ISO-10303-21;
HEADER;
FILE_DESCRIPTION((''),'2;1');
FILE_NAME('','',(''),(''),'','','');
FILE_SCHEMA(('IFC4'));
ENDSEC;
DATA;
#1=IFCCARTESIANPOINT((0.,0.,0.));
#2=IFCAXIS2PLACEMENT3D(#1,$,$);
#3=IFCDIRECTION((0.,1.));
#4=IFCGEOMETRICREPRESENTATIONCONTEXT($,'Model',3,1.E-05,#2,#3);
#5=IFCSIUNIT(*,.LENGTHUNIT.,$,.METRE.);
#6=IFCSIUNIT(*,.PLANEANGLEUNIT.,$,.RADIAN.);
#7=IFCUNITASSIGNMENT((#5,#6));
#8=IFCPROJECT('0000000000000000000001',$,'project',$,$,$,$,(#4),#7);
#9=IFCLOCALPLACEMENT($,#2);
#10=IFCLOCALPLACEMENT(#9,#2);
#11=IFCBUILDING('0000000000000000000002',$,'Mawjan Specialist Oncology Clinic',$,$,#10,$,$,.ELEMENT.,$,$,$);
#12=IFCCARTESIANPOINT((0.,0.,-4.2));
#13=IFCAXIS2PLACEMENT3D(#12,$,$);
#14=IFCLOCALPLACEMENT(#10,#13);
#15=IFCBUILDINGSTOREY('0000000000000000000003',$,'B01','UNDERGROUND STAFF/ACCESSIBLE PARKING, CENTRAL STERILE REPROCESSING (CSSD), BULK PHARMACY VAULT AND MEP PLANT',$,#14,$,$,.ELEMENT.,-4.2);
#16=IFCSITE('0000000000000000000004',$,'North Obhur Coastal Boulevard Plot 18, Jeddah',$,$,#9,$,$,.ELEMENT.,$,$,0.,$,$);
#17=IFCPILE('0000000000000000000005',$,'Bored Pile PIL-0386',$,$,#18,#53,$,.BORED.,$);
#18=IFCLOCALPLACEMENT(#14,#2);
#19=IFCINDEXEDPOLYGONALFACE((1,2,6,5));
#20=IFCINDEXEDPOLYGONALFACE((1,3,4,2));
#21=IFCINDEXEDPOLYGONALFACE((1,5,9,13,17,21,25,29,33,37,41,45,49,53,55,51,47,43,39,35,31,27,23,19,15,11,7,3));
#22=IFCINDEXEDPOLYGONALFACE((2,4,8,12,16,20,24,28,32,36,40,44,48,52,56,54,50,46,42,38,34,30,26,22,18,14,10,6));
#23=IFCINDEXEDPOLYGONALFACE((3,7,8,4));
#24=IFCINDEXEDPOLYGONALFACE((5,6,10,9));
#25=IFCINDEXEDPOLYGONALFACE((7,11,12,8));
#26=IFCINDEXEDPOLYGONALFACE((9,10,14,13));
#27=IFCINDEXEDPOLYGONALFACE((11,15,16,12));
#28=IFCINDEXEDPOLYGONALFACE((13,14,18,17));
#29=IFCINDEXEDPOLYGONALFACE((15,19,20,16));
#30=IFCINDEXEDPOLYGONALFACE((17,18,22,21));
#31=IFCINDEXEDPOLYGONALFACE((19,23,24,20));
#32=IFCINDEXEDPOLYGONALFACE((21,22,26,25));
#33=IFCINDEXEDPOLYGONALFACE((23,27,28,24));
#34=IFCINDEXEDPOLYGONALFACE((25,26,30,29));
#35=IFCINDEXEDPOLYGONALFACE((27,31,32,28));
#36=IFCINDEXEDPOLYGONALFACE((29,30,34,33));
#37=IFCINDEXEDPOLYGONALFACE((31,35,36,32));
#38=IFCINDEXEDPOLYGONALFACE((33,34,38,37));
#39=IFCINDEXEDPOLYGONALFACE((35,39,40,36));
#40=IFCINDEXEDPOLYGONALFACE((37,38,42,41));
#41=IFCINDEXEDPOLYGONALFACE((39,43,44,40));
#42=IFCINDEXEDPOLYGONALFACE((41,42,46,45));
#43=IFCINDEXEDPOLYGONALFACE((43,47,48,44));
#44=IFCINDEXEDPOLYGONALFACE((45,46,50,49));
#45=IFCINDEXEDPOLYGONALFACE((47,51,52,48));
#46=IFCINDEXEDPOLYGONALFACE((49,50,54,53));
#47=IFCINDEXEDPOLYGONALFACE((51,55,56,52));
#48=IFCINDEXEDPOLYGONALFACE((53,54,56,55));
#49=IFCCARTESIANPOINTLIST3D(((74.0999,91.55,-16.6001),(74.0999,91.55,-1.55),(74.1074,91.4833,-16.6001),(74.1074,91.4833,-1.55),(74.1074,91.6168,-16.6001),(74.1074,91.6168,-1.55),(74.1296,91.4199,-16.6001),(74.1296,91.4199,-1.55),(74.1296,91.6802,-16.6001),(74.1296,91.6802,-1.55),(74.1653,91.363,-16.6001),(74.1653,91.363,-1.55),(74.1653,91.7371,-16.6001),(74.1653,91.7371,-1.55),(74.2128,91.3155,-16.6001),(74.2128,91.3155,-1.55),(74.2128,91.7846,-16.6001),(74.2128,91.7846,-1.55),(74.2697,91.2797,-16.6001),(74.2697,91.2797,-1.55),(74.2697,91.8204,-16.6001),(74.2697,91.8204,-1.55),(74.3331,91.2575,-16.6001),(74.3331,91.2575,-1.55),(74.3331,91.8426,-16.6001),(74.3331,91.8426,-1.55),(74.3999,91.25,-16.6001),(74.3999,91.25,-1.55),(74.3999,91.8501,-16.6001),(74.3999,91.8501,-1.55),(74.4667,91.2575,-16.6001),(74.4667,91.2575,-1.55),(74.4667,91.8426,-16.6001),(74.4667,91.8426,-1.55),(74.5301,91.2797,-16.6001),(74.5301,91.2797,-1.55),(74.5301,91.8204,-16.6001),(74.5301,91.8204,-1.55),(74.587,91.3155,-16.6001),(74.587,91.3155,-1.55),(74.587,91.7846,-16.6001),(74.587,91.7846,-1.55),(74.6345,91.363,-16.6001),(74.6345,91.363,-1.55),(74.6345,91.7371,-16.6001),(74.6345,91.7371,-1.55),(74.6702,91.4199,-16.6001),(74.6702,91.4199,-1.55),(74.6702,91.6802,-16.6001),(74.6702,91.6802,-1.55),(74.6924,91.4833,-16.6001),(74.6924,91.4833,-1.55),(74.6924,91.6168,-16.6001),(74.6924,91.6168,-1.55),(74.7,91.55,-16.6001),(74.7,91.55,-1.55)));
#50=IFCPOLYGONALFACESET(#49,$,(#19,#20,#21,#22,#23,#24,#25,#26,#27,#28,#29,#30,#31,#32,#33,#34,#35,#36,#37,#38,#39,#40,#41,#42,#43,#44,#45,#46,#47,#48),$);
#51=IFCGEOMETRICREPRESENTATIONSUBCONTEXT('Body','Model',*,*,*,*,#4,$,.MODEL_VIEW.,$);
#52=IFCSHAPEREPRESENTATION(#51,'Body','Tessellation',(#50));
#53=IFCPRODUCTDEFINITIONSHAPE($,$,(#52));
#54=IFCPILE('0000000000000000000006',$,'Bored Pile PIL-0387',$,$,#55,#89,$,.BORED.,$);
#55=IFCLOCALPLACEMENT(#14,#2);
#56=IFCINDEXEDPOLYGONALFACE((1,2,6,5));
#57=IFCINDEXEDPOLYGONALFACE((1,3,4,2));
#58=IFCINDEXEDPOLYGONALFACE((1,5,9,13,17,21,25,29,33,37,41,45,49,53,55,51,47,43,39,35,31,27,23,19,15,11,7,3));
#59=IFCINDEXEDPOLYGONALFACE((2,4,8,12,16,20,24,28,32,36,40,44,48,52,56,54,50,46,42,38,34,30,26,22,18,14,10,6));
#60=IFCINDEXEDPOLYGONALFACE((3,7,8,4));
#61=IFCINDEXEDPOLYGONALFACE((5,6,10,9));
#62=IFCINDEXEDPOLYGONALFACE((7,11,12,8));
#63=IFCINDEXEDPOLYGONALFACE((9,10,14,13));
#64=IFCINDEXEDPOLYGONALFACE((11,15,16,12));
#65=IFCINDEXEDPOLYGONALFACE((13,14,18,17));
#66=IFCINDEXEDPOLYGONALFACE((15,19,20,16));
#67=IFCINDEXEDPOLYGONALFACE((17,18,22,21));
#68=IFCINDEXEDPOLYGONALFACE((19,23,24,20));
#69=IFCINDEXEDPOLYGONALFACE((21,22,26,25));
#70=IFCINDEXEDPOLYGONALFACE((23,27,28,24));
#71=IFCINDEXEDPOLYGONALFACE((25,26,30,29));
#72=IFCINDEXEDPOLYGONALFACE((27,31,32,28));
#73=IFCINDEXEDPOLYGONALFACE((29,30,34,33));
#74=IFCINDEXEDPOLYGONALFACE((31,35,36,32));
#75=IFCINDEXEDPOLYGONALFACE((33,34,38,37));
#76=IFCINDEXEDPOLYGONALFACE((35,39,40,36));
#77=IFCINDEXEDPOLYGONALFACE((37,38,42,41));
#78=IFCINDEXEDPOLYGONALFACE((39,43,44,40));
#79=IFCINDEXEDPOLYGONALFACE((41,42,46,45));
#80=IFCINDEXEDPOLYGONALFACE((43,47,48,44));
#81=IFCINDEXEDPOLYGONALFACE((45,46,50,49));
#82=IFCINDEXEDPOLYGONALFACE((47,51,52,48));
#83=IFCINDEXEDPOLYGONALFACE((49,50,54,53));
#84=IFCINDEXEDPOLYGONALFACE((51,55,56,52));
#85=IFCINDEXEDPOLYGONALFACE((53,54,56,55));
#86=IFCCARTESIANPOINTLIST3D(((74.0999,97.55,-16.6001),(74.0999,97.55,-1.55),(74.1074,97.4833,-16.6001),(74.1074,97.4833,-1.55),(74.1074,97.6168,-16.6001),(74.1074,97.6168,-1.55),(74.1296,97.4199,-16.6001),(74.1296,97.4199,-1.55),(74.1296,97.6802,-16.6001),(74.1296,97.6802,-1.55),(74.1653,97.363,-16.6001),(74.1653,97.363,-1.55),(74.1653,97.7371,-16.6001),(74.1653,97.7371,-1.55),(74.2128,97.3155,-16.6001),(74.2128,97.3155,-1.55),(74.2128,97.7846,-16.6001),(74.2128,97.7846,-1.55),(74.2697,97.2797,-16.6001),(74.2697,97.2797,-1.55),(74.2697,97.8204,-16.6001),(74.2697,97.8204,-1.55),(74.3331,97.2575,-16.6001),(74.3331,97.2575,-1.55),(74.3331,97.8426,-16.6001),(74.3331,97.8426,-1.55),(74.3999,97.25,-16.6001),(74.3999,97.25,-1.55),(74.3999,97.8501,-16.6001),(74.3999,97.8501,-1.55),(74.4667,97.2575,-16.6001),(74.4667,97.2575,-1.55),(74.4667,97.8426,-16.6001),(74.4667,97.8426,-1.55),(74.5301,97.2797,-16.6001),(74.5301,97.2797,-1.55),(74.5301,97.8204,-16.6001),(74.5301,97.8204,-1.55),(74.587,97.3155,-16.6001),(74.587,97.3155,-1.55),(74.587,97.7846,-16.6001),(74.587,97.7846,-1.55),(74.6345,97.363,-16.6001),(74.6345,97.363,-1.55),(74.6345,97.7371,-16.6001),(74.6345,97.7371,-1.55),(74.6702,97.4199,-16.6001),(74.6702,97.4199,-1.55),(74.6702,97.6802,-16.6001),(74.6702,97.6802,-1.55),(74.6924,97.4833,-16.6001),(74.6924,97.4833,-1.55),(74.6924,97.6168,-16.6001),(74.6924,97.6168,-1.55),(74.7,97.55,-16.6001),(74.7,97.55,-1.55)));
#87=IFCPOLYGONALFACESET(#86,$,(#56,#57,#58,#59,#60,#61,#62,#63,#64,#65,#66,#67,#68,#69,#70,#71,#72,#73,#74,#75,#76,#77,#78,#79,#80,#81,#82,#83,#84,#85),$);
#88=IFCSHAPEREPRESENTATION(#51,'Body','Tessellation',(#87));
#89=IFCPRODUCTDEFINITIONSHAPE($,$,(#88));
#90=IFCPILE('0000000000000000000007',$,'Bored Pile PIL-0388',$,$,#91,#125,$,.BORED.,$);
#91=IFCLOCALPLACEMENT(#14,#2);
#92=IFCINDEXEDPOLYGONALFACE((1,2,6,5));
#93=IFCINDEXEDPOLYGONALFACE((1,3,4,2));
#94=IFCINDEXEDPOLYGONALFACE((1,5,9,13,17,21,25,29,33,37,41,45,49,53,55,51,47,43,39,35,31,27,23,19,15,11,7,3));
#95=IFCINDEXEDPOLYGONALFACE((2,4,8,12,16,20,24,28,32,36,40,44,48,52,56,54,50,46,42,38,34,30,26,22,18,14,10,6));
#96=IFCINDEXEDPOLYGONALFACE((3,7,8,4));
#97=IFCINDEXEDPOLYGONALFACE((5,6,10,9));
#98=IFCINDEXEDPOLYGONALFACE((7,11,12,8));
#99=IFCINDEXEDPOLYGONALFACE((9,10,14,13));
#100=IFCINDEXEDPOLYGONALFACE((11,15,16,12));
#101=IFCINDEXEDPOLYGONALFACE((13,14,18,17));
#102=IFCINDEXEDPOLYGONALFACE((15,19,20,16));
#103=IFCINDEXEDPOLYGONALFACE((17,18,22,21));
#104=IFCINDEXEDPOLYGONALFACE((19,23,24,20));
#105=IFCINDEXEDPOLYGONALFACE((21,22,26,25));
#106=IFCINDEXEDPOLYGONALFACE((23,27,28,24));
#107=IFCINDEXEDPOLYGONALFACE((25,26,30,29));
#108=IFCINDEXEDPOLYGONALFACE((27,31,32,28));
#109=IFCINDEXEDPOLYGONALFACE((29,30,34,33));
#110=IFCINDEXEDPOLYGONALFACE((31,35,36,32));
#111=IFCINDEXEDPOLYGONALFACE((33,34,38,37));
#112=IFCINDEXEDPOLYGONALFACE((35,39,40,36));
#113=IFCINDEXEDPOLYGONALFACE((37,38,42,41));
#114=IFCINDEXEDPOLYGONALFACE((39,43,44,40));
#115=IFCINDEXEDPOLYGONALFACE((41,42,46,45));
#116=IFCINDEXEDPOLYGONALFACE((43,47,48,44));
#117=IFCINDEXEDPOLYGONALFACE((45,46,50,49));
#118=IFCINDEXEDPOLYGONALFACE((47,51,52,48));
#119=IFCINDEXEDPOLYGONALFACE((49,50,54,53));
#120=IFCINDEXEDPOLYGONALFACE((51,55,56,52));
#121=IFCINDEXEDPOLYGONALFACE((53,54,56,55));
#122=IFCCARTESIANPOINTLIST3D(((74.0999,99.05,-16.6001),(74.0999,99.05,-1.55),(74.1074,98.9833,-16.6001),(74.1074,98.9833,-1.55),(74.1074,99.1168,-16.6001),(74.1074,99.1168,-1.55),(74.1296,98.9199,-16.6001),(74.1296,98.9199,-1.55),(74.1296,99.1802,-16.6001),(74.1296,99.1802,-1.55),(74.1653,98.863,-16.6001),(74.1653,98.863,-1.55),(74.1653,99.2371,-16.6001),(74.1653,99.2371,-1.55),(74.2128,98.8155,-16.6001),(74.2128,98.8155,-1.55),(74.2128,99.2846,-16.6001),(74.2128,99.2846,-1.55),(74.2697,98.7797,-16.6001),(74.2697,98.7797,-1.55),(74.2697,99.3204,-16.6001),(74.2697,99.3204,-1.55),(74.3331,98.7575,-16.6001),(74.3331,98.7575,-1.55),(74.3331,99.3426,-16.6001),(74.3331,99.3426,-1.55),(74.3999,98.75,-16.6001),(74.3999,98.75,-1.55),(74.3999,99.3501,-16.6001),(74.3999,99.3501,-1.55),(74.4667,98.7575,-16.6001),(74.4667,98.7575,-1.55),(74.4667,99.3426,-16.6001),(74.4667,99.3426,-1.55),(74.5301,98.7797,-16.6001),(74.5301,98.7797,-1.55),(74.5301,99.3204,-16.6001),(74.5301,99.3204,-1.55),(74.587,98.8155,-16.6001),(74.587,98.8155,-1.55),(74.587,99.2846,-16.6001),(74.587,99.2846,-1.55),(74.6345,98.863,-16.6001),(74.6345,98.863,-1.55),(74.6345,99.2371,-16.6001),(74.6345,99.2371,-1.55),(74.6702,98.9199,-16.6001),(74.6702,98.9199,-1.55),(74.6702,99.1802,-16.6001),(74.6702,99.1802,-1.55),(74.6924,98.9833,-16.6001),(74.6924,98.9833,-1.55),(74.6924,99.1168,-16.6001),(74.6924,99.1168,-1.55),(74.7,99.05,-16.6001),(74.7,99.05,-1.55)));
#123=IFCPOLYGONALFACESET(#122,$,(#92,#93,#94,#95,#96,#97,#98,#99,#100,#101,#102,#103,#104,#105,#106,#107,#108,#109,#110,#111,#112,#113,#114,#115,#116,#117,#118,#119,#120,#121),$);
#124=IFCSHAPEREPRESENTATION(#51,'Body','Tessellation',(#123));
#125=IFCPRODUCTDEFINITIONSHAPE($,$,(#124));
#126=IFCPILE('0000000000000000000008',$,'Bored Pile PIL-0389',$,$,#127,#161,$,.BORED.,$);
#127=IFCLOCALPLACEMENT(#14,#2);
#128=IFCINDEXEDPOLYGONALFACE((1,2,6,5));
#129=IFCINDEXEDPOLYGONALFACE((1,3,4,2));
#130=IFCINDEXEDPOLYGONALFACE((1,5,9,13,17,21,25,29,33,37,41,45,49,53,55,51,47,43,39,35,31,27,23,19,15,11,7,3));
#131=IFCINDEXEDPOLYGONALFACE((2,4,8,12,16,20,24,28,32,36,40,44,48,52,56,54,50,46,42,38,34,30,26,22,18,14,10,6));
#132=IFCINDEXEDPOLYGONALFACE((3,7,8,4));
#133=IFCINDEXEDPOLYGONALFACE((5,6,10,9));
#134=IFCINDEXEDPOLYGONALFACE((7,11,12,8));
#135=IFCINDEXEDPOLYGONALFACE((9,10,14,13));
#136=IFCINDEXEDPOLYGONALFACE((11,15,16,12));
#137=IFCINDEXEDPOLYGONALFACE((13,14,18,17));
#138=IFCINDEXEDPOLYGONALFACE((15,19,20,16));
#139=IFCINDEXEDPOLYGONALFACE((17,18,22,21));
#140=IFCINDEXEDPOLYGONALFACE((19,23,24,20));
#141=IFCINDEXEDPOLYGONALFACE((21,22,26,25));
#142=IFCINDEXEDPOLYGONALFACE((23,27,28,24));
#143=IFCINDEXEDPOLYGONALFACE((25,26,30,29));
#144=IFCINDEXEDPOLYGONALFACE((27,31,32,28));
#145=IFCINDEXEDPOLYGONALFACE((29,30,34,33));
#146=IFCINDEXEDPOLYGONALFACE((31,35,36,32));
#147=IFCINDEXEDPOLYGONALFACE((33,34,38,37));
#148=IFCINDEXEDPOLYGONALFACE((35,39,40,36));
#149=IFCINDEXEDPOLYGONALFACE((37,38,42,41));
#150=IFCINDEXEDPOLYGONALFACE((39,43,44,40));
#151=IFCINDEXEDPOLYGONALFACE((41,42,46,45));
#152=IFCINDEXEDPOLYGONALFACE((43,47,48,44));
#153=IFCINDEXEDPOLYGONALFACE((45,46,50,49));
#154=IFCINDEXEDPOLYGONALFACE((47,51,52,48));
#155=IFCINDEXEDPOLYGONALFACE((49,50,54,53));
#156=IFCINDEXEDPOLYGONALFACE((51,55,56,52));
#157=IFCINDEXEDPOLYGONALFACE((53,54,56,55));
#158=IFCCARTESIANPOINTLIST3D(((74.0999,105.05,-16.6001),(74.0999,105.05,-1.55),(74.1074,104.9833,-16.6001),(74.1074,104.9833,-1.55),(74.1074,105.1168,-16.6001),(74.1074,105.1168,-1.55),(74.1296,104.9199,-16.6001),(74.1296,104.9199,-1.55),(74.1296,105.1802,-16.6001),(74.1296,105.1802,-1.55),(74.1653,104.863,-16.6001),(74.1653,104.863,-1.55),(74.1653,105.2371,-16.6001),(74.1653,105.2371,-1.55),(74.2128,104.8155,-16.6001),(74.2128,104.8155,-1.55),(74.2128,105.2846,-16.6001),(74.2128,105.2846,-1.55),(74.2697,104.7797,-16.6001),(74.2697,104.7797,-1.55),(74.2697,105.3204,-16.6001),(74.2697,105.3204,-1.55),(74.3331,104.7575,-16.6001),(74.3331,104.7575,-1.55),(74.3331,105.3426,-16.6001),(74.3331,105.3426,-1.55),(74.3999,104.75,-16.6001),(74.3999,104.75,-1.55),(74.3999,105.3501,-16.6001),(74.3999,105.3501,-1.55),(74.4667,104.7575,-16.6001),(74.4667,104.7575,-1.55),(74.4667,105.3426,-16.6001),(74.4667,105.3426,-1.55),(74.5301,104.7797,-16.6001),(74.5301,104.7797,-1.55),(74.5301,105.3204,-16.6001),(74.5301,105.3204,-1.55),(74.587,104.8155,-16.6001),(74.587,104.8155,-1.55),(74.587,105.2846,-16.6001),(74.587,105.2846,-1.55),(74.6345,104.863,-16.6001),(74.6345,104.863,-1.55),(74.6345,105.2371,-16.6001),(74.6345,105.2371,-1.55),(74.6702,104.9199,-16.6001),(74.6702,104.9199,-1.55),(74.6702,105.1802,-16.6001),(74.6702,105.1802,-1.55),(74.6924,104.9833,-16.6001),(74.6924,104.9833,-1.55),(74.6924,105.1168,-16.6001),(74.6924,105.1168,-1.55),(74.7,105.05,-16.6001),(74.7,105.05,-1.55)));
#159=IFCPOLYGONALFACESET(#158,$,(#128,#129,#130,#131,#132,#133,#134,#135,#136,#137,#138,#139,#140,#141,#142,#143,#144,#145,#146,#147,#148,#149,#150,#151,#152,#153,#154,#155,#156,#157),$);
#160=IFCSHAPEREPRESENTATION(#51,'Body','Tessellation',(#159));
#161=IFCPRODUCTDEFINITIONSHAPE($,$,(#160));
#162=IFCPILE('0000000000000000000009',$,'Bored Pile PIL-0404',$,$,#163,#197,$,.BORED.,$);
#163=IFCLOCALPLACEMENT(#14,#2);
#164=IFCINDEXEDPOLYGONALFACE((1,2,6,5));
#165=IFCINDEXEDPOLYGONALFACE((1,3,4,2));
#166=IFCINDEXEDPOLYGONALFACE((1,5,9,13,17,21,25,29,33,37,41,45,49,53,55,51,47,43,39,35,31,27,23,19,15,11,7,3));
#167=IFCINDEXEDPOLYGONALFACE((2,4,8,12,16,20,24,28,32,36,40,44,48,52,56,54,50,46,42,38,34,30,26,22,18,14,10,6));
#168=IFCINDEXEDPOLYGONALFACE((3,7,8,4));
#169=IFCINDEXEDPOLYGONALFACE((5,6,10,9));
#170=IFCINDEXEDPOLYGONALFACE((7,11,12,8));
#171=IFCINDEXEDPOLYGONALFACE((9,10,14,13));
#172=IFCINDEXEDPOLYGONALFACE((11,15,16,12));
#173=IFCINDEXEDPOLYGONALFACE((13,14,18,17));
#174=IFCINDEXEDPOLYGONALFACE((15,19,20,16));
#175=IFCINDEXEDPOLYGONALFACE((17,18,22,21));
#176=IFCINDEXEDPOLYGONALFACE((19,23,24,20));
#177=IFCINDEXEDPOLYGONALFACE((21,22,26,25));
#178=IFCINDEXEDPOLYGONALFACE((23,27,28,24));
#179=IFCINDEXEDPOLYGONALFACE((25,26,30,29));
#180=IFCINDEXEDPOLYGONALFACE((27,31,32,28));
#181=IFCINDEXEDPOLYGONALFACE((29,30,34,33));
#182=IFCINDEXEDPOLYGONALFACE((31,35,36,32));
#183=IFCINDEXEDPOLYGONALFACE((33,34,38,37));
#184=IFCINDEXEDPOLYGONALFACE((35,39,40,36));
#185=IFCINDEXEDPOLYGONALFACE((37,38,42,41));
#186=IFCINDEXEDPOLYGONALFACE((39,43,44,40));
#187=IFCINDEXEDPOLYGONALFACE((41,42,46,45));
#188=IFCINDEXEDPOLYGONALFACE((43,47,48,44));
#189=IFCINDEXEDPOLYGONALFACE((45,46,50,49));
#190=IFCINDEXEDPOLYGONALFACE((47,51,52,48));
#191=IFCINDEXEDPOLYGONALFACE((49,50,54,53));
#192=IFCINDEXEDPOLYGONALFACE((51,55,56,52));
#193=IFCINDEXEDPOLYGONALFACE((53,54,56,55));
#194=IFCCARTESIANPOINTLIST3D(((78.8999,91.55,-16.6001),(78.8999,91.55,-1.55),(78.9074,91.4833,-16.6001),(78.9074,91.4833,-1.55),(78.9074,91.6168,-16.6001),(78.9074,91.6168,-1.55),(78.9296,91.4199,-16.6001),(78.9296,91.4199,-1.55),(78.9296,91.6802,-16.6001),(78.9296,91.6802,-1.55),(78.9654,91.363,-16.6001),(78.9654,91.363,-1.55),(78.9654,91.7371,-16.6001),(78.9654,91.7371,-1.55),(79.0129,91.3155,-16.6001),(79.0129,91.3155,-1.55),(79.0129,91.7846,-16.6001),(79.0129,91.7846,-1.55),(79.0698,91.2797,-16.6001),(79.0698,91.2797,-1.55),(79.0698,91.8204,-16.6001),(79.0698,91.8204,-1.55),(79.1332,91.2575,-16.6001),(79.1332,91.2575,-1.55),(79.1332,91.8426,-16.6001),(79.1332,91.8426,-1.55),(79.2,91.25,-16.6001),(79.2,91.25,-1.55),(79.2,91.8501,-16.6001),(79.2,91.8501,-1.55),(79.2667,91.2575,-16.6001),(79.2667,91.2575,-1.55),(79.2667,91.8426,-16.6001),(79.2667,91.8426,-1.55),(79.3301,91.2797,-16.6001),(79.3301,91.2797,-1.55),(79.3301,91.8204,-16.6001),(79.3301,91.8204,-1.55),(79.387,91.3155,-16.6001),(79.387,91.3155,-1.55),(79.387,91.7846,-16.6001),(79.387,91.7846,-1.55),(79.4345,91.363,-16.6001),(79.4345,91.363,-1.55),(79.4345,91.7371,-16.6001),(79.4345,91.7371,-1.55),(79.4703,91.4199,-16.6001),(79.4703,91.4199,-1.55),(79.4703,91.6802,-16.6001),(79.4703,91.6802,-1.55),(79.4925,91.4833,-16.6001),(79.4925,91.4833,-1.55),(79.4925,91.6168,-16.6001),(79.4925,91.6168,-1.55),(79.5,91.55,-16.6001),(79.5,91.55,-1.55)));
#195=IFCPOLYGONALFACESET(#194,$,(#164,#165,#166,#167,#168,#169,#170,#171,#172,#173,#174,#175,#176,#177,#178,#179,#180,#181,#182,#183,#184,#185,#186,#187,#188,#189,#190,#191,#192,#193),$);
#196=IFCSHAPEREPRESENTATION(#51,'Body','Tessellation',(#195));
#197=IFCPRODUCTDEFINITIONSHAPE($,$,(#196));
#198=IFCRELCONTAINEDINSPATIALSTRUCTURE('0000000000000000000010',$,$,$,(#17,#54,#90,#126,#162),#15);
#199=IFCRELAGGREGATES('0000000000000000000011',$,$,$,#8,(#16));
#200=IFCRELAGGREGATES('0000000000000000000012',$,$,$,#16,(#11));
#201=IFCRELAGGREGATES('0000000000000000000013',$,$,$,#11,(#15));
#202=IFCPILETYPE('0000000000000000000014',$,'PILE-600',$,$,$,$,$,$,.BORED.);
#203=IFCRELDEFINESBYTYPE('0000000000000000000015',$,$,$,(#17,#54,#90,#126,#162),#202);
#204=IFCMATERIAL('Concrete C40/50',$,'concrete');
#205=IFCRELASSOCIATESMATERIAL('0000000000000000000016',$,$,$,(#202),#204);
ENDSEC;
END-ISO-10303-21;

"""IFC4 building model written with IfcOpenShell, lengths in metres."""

from ifc_helpers import new_model, si_unit, direction, frame, origin, origin_2d, place, context, subcontext, project, spatial, circle, extrude, material, material_profile, profile_set, type_object, element, save


model = new_model("IFC4")

# Units and contexts
model_context = context("Model", 3, precision=1e-05, world=origin(), true_north=direction((0.0, 1.0)))
body_context = subcontext(model_context, "Body", "Model", "MODEL_VIEW")
ifc_project = project(units=[si_unit("LENGTHUNIT", "METRE"), si_unit("PLANEANGLEUNIT", "RADIAN")], contexts=[model_context])

# Site, building, storey
site_placement = place(None, origin())
site = spatial("IfcSite", under=ifc_project, at=site_placement, Name="North Obhur Coastal Boulevard Plot 18, Jeddah", CompositionType="ELEMENT", RefElevation=0.0)
building_placement = place(site_placement, origin())
building = spatial("IfcBuilding", under=site, at=building_placement, Name="Mawjan Specialist Oncology Clinic", CompositionType="ELEMENT")
storey_placement = place(building_placement, frame((0.0, 0.0, -4.2)))
storey = spatial("IfcBuildingStorey", under=building, at=storey_placement, Name="B01", Description="UNDERGROUND STAFF/ACCESSIBLE PARKING, CENTRAL STERILE REPROCESSING (CSSD), BULK PHARMACY VAULT AND MEP PLANT", CompositionType="ELEMENT", Elevation=-4.2)

# Piles
ifc_material_1 = material(Name="Concrete C40/50", Category="concrete")
ifc_material_profile_1 = material_profile(ifc_material_1, circle(Radius=0.3, at=origin_2d()), Name="BORED PILE D600", Category="concrete")
ifc_profile_set_1 = profile_set([ifc_material_profile_1], Name="Concrete C40/50")
pile_type = type_object("IfcPileType", Name="PILE-600", PredefinedType="BORED", material=ifc_profile_set_1)
for number, where, z_axis, x_axis, name in (
    (1, (74.3999, 91.55, -1.55), (0.0, 0.0, -1.0), (1.0, 0.0, 0.0), "Bored Pile PIL-0386"),
    (2, (74.3999, 97.55, -1.55), (0.0, 0.0, -1.0), (1.0, 0.0, 0.0), "Bored Pile PIL-0387"),
    (3, (74.3999, 99.05, -1.55), (0.0, 0.0, -1.0), (1.0, 0.0, 0.0), "Bored Pile PIL-0388"),
    (4, (74.3999, 105.05, -1.55), (0.0, 0.0, -1.0), (1.0, 0.0, 0.0), "Bored Pile PIL-0389"),
    (5, (79.2, 91.55, -1.55), (0.0, 0.0, -1.0), (1.0, 0.0, 0.0), "Bored Pile PIL-0404"),
):
    element("IfcPile", number, at=place(storey_placement, frame(where, z_axis=z_axis, x_axis=x_axis)), inside=storey, type_object=pile_type, Name=name, PredefinedType="BORED", context=body_context, shape_type="SweptSolid", body=[
        extrude(circle(Radius=0.3, at=origin_2d()), origin(), (0.0, 0.0, 1.0), 15.05),
    ])

save(model, "model.ifc")
